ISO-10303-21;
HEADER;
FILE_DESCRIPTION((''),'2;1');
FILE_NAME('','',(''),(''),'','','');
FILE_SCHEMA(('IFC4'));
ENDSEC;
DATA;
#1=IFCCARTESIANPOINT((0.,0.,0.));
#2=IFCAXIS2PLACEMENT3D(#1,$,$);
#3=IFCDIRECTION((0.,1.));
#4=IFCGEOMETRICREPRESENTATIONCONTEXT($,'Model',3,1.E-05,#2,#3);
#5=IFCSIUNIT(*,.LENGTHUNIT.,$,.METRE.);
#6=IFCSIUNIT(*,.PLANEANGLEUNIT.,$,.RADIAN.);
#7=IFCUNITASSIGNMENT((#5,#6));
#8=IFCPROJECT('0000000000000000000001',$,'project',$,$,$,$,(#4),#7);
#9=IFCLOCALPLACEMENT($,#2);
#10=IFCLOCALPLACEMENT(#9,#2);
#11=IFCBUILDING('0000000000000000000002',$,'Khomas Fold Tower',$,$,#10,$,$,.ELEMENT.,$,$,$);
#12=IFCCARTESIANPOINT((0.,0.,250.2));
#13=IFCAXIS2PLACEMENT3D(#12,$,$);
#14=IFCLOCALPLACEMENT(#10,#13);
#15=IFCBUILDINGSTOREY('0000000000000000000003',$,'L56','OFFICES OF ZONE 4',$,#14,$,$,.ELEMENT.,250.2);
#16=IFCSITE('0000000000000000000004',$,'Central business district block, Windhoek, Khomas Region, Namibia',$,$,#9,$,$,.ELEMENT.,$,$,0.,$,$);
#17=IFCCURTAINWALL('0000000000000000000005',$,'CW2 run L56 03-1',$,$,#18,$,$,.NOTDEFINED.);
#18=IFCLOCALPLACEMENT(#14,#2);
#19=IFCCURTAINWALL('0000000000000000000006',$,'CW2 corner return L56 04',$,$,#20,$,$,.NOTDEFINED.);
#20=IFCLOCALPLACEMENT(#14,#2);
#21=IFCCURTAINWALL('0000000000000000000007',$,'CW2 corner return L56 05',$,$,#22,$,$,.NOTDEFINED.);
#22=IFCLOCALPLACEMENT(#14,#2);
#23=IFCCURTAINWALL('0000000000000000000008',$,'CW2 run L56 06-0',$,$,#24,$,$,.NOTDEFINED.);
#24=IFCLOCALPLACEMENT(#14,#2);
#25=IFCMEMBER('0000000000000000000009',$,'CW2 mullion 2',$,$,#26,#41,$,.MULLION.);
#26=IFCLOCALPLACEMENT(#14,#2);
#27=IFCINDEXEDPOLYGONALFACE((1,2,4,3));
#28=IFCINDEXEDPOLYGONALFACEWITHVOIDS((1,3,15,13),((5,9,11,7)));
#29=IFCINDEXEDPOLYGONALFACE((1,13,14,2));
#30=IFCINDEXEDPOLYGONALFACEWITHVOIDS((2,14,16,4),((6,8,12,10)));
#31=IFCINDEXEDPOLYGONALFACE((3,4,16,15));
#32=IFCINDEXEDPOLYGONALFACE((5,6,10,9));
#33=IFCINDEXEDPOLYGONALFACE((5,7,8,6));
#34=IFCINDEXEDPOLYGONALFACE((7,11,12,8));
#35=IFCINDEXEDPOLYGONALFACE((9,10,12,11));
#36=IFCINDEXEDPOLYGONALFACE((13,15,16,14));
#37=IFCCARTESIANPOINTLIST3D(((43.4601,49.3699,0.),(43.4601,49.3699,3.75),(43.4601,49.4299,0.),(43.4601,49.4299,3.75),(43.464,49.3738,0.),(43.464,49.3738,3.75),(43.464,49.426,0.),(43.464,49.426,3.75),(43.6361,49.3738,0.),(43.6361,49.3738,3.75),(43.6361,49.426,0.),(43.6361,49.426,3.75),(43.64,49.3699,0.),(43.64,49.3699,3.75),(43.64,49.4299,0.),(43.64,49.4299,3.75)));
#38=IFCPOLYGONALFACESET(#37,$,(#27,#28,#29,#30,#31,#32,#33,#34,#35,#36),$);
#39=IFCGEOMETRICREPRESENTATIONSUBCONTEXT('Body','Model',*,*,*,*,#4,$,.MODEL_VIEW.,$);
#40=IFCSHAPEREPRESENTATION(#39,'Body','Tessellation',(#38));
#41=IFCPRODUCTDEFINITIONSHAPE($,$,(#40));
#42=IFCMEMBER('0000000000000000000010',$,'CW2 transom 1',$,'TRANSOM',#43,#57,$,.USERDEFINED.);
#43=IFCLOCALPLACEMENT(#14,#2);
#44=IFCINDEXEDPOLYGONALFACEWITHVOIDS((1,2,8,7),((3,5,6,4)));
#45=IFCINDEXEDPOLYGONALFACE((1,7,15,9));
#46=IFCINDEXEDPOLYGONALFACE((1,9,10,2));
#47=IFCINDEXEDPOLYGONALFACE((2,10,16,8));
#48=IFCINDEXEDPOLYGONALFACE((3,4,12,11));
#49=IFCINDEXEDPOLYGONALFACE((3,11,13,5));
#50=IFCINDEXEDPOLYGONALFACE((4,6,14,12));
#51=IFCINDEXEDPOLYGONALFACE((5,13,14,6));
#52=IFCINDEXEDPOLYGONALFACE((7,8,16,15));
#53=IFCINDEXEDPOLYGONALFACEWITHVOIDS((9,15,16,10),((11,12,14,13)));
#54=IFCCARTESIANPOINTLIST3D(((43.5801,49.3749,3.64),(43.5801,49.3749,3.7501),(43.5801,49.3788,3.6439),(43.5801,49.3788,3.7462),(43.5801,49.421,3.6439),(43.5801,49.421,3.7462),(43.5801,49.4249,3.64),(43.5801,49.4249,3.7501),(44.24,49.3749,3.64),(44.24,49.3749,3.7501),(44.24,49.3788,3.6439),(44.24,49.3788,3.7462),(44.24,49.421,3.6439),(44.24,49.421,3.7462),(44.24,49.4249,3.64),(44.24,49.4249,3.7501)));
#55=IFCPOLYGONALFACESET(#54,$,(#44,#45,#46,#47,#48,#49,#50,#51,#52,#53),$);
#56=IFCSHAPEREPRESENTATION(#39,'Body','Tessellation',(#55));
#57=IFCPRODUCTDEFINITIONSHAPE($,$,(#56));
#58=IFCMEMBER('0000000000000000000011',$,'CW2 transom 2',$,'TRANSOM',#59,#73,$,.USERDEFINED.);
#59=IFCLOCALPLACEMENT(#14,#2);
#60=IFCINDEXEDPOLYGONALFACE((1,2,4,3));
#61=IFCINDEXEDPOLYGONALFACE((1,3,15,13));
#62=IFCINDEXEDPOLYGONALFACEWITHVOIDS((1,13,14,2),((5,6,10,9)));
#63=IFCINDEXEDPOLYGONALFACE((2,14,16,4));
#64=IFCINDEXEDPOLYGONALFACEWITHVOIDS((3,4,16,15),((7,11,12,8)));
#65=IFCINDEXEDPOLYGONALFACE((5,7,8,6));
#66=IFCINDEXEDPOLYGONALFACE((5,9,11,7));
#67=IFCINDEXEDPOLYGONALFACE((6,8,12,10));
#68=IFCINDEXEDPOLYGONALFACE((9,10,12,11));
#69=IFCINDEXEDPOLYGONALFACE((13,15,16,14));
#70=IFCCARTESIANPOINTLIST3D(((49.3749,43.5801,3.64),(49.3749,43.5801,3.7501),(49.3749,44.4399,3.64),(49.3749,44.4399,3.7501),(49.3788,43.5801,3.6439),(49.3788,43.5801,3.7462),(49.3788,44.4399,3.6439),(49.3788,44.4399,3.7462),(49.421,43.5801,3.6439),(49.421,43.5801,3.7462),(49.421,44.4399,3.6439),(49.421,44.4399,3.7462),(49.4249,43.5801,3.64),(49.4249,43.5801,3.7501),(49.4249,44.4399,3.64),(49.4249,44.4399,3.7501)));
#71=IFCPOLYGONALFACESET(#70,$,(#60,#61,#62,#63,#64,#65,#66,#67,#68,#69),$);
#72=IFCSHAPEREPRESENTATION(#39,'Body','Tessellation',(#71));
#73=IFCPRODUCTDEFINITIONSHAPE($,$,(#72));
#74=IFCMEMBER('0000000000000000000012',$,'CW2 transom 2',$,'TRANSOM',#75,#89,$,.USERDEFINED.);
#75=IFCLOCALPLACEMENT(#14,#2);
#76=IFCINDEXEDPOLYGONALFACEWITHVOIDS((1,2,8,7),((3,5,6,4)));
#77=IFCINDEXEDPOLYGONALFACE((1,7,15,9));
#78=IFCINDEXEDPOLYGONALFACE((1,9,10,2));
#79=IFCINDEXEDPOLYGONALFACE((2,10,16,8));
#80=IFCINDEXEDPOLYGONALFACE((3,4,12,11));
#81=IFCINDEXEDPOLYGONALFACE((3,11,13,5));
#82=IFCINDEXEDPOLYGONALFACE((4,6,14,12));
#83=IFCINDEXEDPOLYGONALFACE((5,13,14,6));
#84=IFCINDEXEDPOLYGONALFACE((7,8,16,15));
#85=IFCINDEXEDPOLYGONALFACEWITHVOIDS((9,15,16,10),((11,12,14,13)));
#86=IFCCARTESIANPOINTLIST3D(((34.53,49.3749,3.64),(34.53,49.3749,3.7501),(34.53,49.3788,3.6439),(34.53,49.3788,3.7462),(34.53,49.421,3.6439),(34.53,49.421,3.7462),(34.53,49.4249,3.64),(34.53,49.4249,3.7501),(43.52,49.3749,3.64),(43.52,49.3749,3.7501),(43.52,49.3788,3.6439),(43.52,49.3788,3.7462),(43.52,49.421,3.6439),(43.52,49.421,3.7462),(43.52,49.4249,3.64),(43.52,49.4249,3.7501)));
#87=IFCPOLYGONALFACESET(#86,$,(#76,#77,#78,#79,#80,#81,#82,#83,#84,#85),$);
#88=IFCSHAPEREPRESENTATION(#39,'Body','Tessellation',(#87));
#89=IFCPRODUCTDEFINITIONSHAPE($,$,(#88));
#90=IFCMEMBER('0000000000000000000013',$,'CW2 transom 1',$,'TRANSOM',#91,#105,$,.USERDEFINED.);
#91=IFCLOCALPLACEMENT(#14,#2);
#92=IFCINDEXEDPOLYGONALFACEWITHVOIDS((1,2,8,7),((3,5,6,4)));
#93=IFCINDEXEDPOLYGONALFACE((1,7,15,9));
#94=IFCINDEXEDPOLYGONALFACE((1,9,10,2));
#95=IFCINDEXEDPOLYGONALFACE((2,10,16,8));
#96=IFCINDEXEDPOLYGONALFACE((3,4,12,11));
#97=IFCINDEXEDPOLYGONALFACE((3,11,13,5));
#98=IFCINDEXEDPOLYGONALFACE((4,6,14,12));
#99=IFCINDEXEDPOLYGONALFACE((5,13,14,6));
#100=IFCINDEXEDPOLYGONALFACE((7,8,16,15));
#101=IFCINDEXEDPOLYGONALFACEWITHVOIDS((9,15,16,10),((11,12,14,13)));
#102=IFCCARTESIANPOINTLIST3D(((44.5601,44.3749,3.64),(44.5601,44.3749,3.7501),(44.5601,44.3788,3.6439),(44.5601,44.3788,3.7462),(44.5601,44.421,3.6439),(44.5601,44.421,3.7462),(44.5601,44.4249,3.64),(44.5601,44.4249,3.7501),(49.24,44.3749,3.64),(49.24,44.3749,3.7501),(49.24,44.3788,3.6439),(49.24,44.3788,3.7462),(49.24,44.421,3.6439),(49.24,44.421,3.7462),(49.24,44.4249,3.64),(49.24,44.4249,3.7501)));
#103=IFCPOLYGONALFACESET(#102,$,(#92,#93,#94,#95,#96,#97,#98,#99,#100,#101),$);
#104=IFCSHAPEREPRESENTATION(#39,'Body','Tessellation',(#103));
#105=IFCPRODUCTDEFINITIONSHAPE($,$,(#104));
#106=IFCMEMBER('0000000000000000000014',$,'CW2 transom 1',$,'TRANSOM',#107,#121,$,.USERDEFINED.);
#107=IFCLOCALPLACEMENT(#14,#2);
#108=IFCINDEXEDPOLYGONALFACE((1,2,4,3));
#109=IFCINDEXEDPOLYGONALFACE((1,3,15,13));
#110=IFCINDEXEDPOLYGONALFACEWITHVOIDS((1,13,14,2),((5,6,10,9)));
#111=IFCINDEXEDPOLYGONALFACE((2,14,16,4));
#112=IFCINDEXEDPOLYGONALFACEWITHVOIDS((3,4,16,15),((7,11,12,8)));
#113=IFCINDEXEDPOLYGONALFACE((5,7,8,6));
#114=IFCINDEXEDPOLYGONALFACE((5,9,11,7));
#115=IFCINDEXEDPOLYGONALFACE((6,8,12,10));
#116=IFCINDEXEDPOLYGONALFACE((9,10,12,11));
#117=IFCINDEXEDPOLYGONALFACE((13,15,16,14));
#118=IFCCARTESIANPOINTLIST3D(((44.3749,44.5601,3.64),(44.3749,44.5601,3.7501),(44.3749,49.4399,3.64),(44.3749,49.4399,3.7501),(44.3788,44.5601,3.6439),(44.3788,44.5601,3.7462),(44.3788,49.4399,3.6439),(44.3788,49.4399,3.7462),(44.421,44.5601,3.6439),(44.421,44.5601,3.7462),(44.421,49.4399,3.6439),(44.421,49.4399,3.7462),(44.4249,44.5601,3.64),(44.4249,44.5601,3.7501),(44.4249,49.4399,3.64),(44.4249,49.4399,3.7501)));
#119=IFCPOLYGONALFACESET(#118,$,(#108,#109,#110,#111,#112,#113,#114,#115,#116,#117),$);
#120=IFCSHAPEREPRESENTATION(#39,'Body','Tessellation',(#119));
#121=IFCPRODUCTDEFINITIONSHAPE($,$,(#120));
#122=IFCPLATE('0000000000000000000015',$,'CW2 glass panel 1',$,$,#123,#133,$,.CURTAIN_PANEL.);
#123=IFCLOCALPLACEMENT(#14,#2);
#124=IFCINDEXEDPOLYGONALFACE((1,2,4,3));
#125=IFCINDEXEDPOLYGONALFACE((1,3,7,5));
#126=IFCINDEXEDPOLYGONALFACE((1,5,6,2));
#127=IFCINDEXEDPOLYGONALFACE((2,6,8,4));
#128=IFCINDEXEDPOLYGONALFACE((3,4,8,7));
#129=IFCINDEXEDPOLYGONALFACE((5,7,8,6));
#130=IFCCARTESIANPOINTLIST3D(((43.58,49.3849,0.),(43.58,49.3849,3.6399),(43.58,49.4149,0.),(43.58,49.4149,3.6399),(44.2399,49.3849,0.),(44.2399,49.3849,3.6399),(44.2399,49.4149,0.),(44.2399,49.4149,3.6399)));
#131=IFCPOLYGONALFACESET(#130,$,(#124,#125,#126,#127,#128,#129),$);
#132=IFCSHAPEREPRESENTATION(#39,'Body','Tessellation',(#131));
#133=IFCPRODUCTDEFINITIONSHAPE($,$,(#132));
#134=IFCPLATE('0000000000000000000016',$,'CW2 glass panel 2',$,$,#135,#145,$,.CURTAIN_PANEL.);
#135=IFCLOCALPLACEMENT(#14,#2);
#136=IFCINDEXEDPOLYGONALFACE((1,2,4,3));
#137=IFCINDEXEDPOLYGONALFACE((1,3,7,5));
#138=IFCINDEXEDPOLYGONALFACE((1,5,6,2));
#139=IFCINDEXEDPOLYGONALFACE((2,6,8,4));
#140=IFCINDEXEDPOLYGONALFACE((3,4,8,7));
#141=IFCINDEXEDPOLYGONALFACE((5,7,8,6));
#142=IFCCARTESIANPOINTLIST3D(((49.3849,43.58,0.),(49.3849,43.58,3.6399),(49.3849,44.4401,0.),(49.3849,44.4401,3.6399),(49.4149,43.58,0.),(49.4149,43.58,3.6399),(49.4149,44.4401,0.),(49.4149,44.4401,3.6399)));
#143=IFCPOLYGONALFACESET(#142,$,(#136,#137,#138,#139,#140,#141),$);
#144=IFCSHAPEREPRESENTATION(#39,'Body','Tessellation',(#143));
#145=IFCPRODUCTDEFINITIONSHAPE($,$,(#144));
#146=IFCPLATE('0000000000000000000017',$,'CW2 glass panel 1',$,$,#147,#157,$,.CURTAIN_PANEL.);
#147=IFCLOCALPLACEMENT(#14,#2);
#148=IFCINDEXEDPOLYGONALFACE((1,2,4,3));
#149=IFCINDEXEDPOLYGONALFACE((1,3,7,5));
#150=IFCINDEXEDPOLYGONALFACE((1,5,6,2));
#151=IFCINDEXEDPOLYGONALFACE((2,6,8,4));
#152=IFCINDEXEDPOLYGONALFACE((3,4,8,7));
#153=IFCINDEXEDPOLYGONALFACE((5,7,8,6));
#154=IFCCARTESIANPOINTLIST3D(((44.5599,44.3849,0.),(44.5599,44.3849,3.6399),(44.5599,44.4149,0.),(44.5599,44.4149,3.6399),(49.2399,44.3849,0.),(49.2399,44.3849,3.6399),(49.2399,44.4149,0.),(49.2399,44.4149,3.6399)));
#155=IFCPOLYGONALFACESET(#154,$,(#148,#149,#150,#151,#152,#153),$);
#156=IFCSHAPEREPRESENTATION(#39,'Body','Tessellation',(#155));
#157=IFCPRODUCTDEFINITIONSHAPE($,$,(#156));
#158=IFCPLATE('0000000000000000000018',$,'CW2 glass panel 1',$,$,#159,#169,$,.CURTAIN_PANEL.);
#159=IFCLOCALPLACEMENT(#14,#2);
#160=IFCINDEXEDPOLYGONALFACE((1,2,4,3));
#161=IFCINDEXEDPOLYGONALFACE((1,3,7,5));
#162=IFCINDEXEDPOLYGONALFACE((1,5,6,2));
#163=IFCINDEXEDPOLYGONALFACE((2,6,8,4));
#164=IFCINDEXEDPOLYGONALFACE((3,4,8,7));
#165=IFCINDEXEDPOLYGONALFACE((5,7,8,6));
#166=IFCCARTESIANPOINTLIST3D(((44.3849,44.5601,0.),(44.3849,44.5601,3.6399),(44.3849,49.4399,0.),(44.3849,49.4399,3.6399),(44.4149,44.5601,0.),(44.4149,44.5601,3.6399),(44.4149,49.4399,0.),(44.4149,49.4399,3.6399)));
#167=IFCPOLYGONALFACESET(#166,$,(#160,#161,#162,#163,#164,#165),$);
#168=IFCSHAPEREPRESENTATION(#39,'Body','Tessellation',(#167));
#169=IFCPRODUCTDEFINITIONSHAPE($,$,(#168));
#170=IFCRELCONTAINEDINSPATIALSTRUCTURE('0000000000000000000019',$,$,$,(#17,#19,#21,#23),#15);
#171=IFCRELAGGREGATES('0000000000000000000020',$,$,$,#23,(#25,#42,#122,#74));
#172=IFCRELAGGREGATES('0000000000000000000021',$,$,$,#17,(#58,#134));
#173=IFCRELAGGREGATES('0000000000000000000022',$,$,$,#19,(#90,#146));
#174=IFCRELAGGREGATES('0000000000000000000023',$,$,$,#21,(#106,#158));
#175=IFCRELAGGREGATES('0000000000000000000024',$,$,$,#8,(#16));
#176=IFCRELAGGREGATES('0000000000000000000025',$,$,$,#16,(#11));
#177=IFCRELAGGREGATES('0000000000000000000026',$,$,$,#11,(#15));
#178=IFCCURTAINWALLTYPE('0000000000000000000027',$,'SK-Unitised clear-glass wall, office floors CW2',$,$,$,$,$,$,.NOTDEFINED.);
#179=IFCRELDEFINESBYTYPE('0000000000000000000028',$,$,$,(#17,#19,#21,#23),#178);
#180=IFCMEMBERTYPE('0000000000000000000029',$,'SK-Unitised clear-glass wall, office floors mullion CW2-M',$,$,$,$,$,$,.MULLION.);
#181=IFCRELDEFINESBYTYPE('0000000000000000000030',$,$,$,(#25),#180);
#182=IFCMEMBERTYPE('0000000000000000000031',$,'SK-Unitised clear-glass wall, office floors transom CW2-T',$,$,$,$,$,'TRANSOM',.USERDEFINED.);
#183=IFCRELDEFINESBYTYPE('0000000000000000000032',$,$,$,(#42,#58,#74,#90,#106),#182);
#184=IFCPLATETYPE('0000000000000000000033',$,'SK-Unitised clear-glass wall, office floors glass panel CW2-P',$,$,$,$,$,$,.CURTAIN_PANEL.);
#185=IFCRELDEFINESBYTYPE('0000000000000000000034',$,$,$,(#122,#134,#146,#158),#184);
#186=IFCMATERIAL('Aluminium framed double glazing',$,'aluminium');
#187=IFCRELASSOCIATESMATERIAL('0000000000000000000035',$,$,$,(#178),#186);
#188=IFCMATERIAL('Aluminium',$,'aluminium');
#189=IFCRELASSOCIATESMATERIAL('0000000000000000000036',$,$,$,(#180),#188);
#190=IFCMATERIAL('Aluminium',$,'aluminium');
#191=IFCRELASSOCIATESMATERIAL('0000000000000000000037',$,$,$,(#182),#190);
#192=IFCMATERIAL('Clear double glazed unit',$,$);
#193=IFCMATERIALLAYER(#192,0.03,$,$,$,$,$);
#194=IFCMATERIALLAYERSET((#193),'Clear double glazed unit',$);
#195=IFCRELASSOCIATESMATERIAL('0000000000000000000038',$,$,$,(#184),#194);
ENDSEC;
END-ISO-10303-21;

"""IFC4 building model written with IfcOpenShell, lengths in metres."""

from ifc_helpers import new_model, si_unit, direction, frame, origin, origin_2d, place, context, subcontext, project, spatial, rectangle, hollow_rectangle, extrude, source, transform, mapped, material, layer, layer_set, material_profile, profile_set, type_object, element, aggregate, save


model = new_model("IFC4")

# Units and contexts
model_context = context("Model", 3, precision=1e-05, world=origin(), true_north=direction((0.0, 1.0)))
body_context = subcontext(model_context, "Body", "Model", "MODEL_VIEW")
ifc_project = project(units=[si_unit("LENGTHUNIT", "METRE"), si_unit("PLANEANGLEUNIT", "RADIAN")], contexts=[model_context])

# Site, building, storey
site_placement = place(None, origin())
site = spatial("IfcSite", under=ifc_project, at=site_placement, Name="Central business district block, Windhoek, Khomas Region, Namibia", CompositionType="ELEMENT", RefElevation=0.0)
building_placement = place(site_placement, origin())
building = spatial("IfcBuilding", under=site, at=building_placement, Name="Khomas Fold Tower", CompositionType="ELEMENT")
storey_placement = place(building_placement, frame((0.0, 0.0, 250.2)))
storey = spatial("IfcBuildingStorey", under=building, at=storey_placement, Name="L56", Description="OFFICES OF ZONE 4", CompositionType="ELEMENT", Elevation=250.2)

# Curtain walls, members
ifc_material_1 = material(Name="Aluminium framed double glazing", Category="aluminium")
curtain_wall_type = type_object("IfcCurtainWallType", Name="SK-Unitised clear-glass wall, office floors CW2", PredefinedType="NOTDEFINED", material=ifc_material_1)
curtain_wall_1_placement = place(storey_placement, origin())
curtain_wall_1 = element("IfcCurtainWall", 1, at=curtain_wall_1_placement, inside=storey, type_object=curtain_wall_type, Name="CW2 run L56 03-1", PredefinedType="NOTDEFINED")
ifc_material_2 = material(Name="Aluminium", Category="aluminium")
ifc_material_profile_1 = material_profile(ifc_material_2, hollow_rectangle(XDim=0.0601, YDim=0.1799, WallThickness=0.0039, at=origin_2d()), Name="SK-Unitised clear-glass wall, office floors mullion CW2-M")
ifc_profile_set_1 = profile_set([ifc_material_profile_1], Name="Aluminium")
member_type_1 = type_object("IfcMemberType", Name="SK-Unitised clear-glass wall, office floors mullion CW2-M", PredefinedType="MULLION", material=ifc_profile_set_1)
shared_shape_1 = source(origin(), body_context, "Body", "SweptSolid", [
    extrude(hollow_rectangle(XDim=0.0601, YDim=0.1799, WallThickness=0.0039, at=origin_2d()), origin(), (0.0, 0.0, 1.0), 3.75),
])
curtain_wall_2_placement = place(storey_placement, origin())
curtain_wall_2 = element("IfcCurtainWall", 2, at=curtain_wall_2_placement, inside=storey, type_object=curtain_wall_type, Name="CW2 corner return L56 04", PredefinedType="NOTDEFINED")
curtain_wall_3_placement = place(storey_placement, origin())
curtain_wall_3 = element("IfcCurtainWall", 3, at=curtain_wall_3_placement, inside=storey, type_object=curtain_wall_type, Name="CW2 corner return L56 05", PredefinedType="NOTDEFINED")
curtain_wall_4_placement = place(storey_placement, origin())
curtain_wall_4 = element("IfcCurtainWall", 4, at=curtain_wall_4_placement, inside=storey, type_object=curtain_wall_type, Name="CW2 run L56 06-0", PredefinedType="NOTDEFINED")
member_1_placement = place(storey_placement, frame((43.55, 49.3999, 0.0), z_axis=(0.0, 0.0, 1.0), x_axis=(0.0, -1.0, 0.0)))
member_1 = element("IfcMember", 5, at=member_1_placement, type_object=member_type_1, Name="CW2 mullion 2", PredefinedType="MULLION", context=body_context, shape_type="MappedRepresentation", body=[
    mapped(shared_shape_1, transform((0.0, 0.0, 0.0))),
])
ifc_material_3 = material(Name="Aluminium", Category="aluminium")
ifc_material_profile_2 = material_profile(ifc_material_3, hollow_rectangle(XDim=0.05, YDim=0.1101, WallThickness=0.0039, at=origin_2d()), Name="SK-Unitised clear-glass wall, office floors transom CW2-T")
ifc_profile_set_2 = profile_set([ifc_material_profile_2], Name="Aluminium")
member_type_2 = type_object("IfcMemberType", Name="SK-Unitised clear-glass wall, office floors transom CW2-T", ElementType="TRANSOM", PredefinedType="USERDEFINED", material=ifc_profile_set_2)
shared_shape_2 = source(origin(), body_context, "Body", "SweptSolid", [
    extrude(hollow_rectangle(XDim=0.05, YDim=0.1101, WallThickness=0.0039, at=origin_2d()), origin(), (0.0, 0.0, 1.0), 0.6599),
])
member_2_placement = place(storey_placement, frame((44.24, 49.3999, 3.6951), z_axis=(-1.0, 0.0, 0.0), x_axis=(0.0, -1.0, 0.0)))
member_2 = element("IfcMember", 6, at=member_2_placement, type_object=member_type_2, Name="CW2 transom 1", ObjectType="TRANSOM", PredefinedType="USERDEFINED", context=body_context, shape_type="MappedRepresentation", body=[
    mapped(shared_shape_2, transform((0.0, 0.0, 0.0))),
])

# Members
shared_shape_3 = source(origin(), body_context, "Body", "SweptSolid", [
    extrude(hollow_rectangle(XDim=0.05, YDim=0.1101, WallThickness=0.0039, at=origin_2d()), origin(), (0.0, 0.0, 1.0), 0.8599),
])
member_3_placement = place(storey_placement, frame((49.3999, 43.5801, 3.6951), z_axis=(0.0, 1.0, 0.0), x_axis=(-1.0, 0.0, 0.0)))
member_3 = element("IfcMember", 7, at=member_3_placement, type_object=member_type_2, Name="CW2 transom 2", ObjectType="TRANSOM", PredefinedType="USERDEFINED", context=body_context, shape_type="MappedRepresentation", body=[
    mapped(shared_shape_3, transform((0.0, 0.0, 0.0))),
])
shared_shape_4 = source(origin(), body_context, "Body", "SweptSolid", [
    extrude(hollow_rectangle(XDim=0.05, YDim=0.1101, WallThickness=0.0039, at=origin_2d()), origin(), (0.0, 0.0, 1.0), 8.99),
])
member_4_placement = place(storey_placement, frame((43.52, 49.3999, 3.6951), z_axis=(-1.0, 0.0, 0.0), x_axis=(0.0, -1.0, 0.0)))
member_4 = element("IfcMember", 8, at=member_4_placement, type_object=member_type_2, Name="CW2 transom 2", ObjectType="TRANSOM", PredefinedType="USERDEFINED", context=body_context, shape_type="MappedRepresentation", body=[
    mapped(shared_shape_4, transform((0.0, 0.0, 0.0))),
])
shared_shape_5 = source(origin(), body_context, "Body", "SweptSolid", [
    extrude(hollow_rectangle(XDim=0.05, YDim=0.1101, WallThickness=0.0039, at=origin_2d()), origin(), (0.0, 0.0, 1.0), 4.6799),
])
member_5_placement = place(storey_placement, frame((49.24, 44.3999, 3.6951), z_axis=(-1.0, 0.0, 0.0), x_axis=(0.0, -1.0, 0.0)))
member_5 = element("IfcMember", 9, at=member_5_placement, type_object=member_type_2, Name="CW2 transom 1", ObjectType="TRANSOM", PredefinedType="USERDEFINED", context=body_context, shape_type="MappedRepresentation", body=[
    mapped(shared_shape_5, transform((0.0, 0.0, 0.0))),
])
shared_shape_6 = source(origin(), body_context, "Body", "SweptSolid", [
    extrude(hollow_rectangle(XDim=0.05, YDim=0.1101, WallThickness=0.0039, at=origin_2d()), origin(), (0.0, 0.0, 1.0), 4.8799),
])
member_6_placement = place(storey_placement, frame((44.3999, 44.5601, 3.6951), z_axis=(0.0, 1.0, 0.0), x_axis=(-1.0, 0.0, 0.0)))
member_6 = element("IfcMember", 10, at=member_6_placement, type_object=member_type_2, Name="CW2 transom 1", ObjectType="TRANSOM", PredefinedType="USERDEFINED", context=body_context, shape_type="MappedRepresentation", body=[
    mapped(shared_shape_6, transform((0.0, 0.0, 0.0))),
])

# Plates
ifc_material_4 = material(Name="Clear double glazed unit")
ifc_layer = layer(ifc_material_4, 0.03)
ifc_layer_set = layer_set([ifc_layer], Name="Clear double glazed unit")
plate_type = type_object("IfcPlateType", Name="SK-Unitised clear-glass wall, office floors glass panel CW2-P", PredefinedType="CURTAIN_PANEL", material=ifc_layer_set)
shared_shape_7 = source(origin(), body_context, "Body", "SweptSolid", [
    extrude(rectangle(XDim=0.6599, YDim=0.03, at=origin_2d()), origin(), (0.0, 0.0, 1.0), 3.6399),
])
plate_1_placement = place(storey_placement, frame((43.9099, 49.3999, 0.0), z_axis=(0.0, 0.0, 1.0), x_axis=(-1.0, 0.0, 0.0)))
plate_1 = element("IfcPlate", 11, at=plate_1_placement, type_object=plate_type, Name="CW2 glass panel 1", PredefinedType="CURTAIN_PANEL", context=body_context, shape_type="MappedRepresentation", body=[
    mapped(shared_shape_7, transform((0.0, 0.0, 0.0))),
])
aggregate(curtain_wall_4, [member_1, member_2, plate_1, member_4])
shared_shape_8 = source(origin(), body_context, "Body", "SweptSolid", [
    extrude(rectangle(XDim=0.8601, YDim=0.03, at=origin_2d()), origin(), (0.0, 0.0, 1.0), 3.6399),
])
plate_2_placement = place(storey_placement, frame((49.3999, 44.01, 0.0), z_axis=(0.0, 0.0, 1.0), x_axis=(0.0, 1.0, 0.0)))
plate_2 = element("IfcPlate", 12, at=plate_2_placement, type_object=plate_type, Name="CW2 glass panel 2", PredefinedType="CURTAIN_PANEL", context=body_context, shape_type="MappedRepresentation", body=[
    mapped(shared_shape_8, transform((0.0, 0.0, 0.0))),
])
aggregate(curtain_wall_1, [member_3, plate_2])
shared_shape_9 = source(origin(), body_context, "Body", "SweptSolid", [
    extrude(rectangle(XDim=4.6799, YDim=0.03, at=origin_2d()), origin(), (0.0, 0.0, 1.0), 3.6399),
])
plate_3_placement = place(storey_placement, frame((46.8999, 44.3999, 0.0), z_axis=(0.0, 0.0, 1.0), x_axis=(-1.0, 0.0, 0.0)))
plate_3 = element("IfcPlate", 13, at=plate_3_placement, type_object=plate_type, Name="CW2 glass panel 1", PredefinedType="CURTAIN_PANEL", context=body_context, shape_type="MappedRepresentation", body=[
    mapped(shared_shape_9, transform((0.0, 0.0, 0.0))),
])
aggregate(curtain_wall_2, [member_5, plate_3])
shared_shape_10 = source(origin(), body_context, "Body", "SweptSolid", [
    extrude(rectangle(XDim=4.8799, YDim=0.03, at=origin_2d()), origin(), (0.0, 0.0, 1.0), 3.6399),
])
plate_4_placement = place(storey_placement, frame((44.3999, 47.0, 0.0), z_axis=(0.0, 0.0, 1.0), x_axis=(0.0, 1.0, 0.0)))
plate_4 = element("IfcPlate", 14, at=plate_4_placement, type_object=plate_type, Name="CW2 glass panel 1", PredefinedType="CURTAIN_PANEL", context=body_context, shape_type="MappedRepresentation", body=[
    mapped(shared_shape_10, transform((0.0, 0.0, 0.0))),
])
aggregate(curtain_wall_3, [member_6, plate_4])

save(model, "model.ifc")
